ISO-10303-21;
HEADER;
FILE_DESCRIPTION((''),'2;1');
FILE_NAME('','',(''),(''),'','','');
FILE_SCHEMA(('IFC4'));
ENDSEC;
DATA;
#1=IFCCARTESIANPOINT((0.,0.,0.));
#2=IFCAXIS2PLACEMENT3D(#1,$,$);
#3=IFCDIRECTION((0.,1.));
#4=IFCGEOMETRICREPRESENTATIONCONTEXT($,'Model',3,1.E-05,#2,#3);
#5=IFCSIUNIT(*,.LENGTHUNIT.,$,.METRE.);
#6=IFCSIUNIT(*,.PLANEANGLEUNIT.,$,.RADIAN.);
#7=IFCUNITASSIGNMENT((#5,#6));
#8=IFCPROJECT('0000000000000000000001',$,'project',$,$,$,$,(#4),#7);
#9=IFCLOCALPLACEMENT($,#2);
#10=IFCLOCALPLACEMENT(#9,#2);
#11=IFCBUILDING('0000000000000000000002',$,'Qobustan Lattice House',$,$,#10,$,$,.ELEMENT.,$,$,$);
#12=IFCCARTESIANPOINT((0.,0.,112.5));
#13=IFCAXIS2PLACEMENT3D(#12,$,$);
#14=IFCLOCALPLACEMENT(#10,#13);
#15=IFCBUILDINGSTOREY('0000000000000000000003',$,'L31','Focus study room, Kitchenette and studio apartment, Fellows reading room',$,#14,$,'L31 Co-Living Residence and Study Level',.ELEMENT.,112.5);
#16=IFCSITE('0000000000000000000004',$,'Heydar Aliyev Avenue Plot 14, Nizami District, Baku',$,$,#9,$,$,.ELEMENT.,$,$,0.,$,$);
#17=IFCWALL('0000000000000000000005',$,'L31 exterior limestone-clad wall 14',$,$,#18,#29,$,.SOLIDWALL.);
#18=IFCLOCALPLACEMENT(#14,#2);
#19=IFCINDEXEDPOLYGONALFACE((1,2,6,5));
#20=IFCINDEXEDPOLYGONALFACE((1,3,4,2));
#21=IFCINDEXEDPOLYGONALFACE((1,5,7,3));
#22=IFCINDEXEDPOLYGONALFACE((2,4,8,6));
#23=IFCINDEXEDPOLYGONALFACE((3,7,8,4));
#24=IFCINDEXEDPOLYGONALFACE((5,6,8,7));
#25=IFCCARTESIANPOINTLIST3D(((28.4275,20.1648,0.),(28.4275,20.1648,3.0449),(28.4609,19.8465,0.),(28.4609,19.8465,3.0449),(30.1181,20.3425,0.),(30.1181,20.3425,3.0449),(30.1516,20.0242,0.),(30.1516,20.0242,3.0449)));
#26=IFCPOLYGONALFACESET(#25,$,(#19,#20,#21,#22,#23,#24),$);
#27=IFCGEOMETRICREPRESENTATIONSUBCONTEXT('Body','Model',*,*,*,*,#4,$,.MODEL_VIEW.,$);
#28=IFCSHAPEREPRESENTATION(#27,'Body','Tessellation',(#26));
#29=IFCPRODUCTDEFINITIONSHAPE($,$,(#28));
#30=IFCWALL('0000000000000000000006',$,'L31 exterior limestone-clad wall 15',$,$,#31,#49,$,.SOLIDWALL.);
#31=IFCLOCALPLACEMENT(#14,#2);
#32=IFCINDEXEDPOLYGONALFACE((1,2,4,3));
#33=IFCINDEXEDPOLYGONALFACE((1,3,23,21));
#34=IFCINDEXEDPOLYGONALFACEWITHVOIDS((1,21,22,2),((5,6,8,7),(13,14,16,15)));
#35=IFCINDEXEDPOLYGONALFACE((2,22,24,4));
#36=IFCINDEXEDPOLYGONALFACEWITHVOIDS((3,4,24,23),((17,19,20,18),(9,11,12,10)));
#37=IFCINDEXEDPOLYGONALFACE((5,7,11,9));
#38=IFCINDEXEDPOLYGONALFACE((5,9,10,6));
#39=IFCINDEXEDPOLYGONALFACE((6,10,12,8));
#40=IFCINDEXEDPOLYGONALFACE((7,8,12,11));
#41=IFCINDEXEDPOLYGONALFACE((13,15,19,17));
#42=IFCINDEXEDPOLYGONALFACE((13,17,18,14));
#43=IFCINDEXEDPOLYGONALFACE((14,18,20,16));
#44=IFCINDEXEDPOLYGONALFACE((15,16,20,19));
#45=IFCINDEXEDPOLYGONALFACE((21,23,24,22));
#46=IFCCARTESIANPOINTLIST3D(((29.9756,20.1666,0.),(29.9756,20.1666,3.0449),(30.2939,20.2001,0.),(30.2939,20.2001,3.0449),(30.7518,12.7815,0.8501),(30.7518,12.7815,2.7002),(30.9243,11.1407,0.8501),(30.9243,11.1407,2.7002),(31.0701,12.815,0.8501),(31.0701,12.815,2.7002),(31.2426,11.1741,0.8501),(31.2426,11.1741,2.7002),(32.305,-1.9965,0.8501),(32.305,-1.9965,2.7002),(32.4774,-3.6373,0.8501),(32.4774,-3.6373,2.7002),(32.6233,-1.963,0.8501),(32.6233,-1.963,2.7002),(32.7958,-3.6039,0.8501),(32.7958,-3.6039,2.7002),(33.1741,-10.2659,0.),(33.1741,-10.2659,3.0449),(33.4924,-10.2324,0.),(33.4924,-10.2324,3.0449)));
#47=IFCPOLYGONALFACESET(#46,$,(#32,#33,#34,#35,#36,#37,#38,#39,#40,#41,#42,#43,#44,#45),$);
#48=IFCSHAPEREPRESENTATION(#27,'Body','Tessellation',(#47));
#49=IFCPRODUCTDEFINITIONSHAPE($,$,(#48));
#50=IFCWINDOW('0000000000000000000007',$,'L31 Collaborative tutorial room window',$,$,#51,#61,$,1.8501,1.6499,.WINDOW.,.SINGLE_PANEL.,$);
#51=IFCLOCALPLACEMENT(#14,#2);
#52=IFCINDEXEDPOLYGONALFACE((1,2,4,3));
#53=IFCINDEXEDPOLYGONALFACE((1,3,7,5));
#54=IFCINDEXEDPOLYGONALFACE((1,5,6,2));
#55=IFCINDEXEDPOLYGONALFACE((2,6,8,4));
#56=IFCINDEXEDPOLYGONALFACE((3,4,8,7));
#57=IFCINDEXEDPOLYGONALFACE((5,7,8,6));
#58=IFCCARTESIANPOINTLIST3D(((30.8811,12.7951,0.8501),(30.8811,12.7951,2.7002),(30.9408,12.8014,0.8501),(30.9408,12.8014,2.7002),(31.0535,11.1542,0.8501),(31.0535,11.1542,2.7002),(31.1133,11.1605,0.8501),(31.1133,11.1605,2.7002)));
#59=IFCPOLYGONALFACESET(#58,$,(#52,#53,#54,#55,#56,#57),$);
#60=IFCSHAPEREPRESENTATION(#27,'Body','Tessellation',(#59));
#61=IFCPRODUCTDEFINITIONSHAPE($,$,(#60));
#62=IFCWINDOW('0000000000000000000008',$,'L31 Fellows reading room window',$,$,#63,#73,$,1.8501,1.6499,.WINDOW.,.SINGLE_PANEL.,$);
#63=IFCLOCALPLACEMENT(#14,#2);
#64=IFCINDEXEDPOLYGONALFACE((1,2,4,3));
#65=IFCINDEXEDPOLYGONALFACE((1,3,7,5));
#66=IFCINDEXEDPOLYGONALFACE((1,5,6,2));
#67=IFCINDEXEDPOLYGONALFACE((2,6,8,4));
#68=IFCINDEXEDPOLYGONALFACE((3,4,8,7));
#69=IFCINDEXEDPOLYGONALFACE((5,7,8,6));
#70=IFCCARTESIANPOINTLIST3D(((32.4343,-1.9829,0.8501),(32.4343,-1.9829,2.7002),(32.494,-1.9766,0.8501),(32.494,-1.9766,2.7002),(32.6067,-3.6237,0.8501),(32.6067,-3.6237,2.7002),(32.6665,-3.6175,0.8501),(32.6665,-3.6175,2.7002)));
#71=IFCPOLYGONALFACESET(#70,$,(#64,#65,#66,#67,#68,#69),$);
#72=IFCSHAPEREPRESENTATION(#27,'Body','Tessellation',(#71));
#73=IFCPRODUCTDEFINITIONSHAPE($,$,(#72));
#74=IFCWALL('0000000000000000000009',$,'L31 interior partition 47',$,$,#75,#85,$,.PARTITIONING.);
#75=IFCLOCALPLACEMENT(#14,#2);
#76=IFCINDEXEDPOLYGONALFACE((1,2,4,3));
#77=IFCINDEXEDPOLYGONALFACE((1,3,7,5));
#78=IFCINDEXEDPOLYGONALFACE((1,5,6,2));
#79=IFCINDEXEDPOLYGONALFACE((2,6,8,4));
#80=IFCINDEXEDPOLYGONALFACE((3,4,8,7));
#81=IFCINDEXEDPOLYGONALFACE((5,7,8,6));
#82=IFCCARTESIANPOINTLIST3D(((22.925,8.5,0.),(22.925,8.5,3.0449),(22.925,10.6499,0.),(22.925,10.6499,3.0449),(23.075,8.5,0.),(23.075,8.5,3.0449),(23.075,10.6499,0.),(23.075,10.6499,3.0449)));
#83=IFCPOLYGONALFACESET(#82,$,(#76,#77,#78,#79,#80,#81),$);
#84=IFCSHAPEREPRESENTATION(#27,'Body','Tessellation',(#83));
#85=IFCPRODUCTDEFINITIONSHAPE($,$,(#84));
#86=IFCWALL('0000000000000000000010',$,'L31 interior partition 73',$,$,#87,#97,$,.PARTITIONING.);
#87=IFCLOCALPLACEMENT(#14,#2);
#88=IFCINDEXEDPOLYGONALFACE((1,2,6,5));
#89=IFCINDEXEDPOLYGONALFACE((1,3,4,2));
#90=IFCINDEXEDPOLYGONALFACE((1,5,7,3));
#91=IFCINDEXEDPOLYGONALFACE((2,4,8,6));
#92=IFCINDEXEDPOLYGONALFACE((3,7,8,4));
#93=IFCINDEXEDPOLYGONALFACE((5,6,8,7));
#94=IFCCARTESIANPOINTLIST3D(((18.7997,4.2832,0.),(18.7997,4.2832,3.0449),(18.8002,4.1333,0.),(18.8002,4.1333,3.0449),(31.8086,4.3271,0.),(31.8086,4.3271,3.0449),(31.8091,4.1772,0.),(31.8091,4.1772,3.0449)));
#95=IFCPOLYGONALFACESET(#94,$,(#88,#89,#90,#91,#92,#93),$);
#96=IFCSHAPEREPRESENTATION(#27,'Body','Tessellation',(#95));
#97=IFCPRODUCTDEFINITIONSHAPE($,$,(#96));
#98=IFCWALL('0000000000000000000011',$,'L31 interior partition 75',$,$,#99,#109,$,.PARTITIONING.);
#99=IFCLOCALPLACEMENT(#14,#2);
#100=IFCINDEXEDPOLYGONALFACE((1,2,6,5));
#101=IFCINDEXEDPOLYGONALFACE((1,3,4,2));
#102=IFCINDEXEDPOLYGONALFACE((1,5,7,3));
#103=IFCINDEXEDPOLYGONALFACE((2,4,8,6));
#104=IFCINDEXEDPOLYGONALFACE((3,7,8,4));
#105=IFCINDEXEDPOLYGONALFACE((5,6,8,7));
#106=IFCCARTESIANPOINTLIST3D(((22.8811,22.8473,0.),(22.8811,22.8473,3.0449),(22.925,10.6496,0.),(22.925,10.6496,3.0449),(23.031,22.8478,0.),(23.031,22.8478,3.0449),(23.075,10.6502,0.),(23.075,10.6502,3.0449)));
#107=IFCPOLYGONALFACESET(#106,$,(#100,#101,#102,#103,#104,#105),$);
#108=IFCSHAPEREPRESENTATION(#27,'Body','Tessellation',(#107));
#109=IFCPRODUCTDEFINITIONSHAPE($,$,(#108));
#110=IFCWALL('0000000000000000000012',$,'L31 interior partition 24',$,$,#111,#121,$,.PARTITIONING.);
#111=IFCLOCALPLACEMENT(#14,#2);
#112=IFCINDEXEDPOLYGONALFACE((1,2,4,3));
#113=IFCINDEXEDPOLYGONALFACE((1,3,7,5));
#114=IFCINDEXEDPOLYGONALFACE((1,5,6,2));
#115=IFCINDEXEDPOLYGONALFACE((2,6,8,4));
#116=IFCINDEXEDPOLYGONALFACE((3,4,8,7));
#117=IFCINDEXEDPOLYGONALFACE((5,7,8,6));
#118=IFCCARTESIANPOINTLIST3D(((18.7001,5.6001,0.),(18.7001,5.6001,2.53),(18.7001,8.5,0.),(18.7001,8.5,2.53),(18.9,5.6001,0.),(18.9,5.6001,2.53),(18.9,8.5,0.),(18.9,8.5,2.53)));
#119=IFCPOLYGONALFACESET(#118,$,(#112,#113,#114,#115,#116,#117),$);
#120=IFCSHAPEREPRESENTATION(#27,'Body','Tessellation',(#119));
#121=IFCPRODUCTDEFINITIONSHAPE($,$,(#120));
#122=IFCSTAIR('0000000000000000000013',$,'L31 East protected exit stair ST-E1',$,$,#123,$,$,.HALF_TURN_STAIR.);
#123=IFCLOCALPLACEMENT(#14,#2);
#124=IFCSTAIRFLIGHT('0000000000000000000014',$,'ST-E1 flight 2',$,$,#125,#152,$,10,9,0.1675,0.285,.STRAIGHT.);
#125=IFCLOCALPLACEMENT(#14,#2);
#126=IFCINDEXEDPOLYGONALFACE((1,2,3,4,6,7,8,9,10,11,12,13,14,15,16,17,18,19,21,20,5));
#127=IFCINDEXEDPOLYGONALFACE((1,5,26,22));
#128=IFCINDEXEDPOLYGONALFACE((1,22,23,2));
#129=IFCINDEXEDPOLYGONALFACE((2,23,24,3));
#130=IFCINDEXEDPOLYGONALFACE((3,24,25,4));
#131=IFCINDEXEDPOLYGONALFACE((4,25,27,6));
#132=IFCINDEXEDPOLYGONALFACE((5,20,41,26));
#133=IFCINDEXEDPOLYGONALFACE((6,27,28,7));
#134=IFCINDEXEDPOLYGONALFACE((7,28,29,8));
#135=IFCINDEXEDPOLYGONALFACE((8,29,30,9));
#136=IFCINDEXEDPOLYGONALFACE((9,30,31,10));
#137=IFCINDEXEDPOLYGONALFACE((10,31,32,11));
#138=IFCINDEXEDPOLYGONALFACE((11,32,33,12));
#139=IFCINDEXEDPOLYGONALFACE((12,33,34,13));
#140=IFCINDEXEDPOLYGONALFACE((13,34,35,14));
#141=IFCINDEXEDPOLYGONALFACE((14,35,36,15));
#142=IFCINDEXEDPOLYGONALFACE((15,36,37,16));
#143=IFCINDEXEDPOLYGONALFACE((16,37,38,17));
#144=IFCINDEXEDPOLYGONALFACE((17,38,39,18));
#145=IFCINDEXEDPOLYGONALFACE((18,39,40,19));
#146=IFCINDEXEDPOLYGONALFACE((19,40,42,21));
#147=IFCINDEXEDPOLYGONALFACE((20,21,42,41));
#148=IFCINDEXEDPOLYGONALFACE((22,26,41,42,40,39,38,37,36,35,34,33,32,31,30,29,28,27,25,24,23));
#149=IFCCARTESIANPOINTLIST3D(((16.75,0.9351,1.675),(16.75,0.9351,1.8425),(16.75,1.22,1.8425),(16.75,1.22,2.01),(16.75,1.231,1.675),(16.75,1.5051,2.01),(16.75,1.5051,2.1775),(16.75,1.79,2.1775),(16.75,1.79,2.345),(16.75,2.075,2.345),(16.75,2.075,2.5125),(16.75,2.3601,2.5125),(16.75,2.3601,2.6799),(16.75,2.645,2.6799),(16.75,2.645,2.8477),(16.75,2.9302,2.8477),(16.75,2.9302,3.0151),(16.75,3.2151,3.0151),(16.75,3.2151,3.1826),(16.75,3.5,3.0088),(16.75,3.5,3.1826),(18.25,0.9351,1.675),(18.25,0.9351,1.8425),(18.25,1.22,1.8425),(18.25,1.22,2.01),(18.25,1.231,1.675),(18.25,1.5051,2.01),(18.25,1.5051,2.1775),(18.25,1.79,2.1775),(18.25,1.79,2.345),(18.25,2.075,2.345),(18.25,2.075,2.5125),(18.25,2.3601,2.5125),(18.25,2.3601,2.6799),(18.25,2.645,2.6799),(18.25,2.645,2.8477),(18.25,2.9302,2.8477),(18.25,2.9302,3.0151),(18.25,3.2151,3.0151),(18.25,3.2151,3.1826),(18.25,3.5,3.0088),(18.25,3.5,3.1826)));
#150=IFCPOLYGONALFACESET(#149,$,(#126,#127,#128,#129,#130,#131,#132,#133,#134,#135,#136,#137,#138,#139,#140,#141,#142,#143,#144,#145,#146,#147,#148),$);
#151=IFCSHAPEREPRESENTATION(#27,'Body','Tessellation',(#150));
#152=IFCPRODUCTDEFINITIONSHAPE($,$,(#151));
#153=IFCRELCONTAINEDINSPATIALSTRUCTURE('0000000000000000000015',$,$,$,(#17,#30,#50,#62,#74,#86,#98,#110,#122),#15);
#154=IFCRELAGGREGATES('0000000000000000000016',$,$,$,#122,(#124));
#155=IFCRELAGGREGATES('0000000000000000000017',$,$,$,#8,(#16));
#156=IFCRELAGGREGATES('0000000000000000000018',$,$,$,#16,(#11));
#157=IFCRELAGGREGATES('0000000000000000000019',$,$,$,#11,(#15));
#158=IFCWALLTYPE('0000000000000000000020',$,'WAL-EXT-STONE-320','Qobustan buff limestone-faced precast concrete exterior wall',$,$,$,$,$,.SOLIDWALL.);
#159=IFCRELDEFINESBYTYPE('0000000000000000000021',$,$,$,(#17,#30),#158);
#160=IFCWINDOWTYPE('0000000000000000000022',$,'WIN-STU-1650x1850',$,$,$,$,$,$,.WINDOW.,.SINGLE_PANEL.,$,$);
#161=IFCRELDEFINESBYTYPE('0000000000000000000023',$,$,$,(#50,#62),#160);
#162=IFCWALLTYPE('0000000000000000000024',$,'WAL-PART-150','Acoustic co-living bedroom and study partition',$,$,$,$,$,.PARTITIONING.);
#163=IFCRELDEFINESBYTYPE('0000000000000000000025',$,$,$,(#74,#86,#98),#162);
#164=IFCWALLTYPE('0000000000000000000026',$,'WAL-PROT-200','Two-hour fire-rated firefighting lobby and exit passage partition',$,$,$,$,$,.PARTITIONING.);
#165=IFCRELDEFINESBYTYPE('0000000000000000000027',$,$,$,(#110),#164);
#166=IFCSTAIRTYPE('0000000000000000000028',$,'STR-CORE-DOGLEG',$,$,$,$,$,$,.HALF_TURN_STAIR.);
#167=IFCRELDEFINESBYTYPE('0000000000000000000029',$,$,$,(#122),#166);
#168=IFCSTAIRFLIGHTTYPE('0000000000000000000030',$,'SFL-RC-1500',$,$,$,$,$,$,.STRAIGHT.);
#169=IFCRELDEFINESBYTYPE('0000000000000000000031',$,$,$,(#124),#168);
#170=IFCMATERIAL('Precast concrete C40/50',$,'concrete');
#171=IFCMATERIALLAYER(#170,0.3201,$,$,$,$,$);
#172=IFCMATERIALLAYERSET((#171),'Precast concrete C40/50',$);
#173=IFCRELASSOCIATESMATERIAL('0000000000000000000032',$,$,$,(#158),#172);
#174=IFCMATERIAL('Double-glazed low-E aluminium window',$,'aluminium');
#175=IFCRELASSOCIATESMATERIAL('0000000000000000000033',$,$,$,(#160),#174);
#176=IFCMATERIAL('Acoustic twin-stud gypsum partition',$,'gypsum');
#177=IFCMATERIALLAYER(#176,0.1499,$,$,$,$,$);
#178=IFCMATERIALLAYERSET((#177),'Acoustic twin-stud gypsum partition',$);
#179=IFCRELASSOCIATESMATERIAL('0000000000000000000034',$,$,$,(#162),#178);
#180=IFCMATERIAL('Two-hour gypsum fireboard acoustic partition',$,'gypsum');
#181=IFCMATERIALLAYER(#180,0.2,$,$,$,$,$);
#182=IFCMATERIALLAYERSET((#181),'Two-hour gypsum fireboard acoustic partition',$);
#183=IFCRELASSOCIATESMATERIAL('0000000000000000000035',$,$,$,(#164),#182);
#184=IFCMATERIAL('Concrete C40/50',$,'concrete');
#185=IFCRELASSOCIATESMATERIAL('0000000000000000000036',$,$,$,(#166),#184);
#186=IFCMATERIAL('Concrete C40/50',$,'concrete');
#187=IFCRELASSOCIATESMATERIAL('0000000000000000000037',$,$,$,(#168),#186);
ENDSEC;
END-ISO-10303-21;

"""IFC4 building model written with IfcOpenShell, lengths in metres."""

from ifc_helpers import new_model, si_unit, direction, frame, frame_2d, origin, place, context, subcontext, project, spatial, polyline, rectangle, outline, extrude, material, layer, layer_set, type_object, element, fill, aggregate, save


model = new_model("IFC4")

# Units and contexts
model_context = context("Model", 3, precision=1e-05, world=origin(), true_north=direction((0.0, 1.0)))
body_context = subcontext(model_context, "Body", "Model", "MODEL_VIEW")
ifc_project = project(units=[si_unit("LENGTHUNIT", "METRE"), si_unit("PLANEANGLEUNIT", "RADIAN")], contexts=[model_context])

# Site, building, storey
site_placement = place(None, origin())
site = spatial("IfcSite", under=ifc_project, at=site_placement, Name="Heydar Aliyev Avenue Plot 14, Nizami District, Baku", CompositionType="ELEMENT", RefElevation=0.0)
building_placement = place(site_placement, origin())
building = spatial("IfcBuilding", under=site, at=building_placement, Name="Qobustan Lattice House", CompositionType="ELEMENT")
storey_placement = place(building_placement, frame((0.0, 0.0, 112.5)))
storey = spatial("IfcBuildingStorey", under=building, at=storey_placement, Name="L31", Description="Focus study room, Kitchenette and studio apartment, Fellows reading room", LongName="L31 Co-Living Residence and Study Level", CompositionType="ELEMENT", Elevation=112.5)

# Wall
ifc_material_1 = material(Name="Precast concrete C40/50", Category="concrete")
ifc_layer_1 = layer(ifc_material_1, 0.3201)
ifc_layer_set_1 = layer_set([ifc_layer_1], Name="Precast concrete C40/50")
wall_type_1 = type_object("IfcWallType", Name="WAL-EXT-STONE-320", Description="Qobustan buff limestone-faced precast concrete exterior wall", PredefinedType="SOLIDWALL", material=ifc_layer_set_1)
for number, where, z_axis, x_axis, name in (
    (1, (28.4441, 20.0056, 0.0), (0.0, 0.0, 1.0), (0.99452, 0.10455, 0.0), "L31 exterior limestone-clad wall 14"),
):
    element("IfcWall", number, at=place(storey_placement, frame(where, z_axis=z_axis, x_axis=x_axis)), inside=storey, type_object=wall_type_1, Name=name, PredefinedType="SOLIDWALL", context=body_context, shape_type="SweptSolid", body=[
        extrude(rectangle(XDim=1.7, YDim=0.3201, at=frame_2d((0.8501, 0.0))), origin(), (0.0, 0.0, 1.0), 3.0449),
    ])

# Wall, openings, windows
wall_1_placement = place(storey_placement, frame((30.1348, 20.1833, 0.0), z_axis=(0.0, 0.0, 1.0), x_axis=(0.104526, -0.994522, 0.0)))
wall_1 = element("IfcWall", 2, at=wall_1_placement, inside=storey, type_object=wall_type_1, Name="L31 exterior limestone-clad wall 15", PredefinedType="SOLIDWALL", context=body_context, shape_type="SweptSolid", body=[
    extrude(rectangle(XDim=30.6001, YDim=0.3201, at=frame_2d((15.3, 0.0))), origin(), (0.0, 0.0, 1.0), 3.0449),
])
opening_1_placement = place(wall_1_placement, frame((7.4258, 0.0, 0.8501)))
opening_1 = element("IfcOpeningElement", 3, at=opening_1_placement, cuts=wall_1, PredefinedType="OPENING", context=body_context, shape_type="SweptSolid", body=[
    extrude(rectangle(XDim=1.6499, YDim=1.8501, at=frame_2d((0.825, 0.925))), frame((0.0, 0.1699, 0.0), z_axis=(0.0, -1.0, 0.0), x_axis=(1.0, 0.0, 0.0)), (0.0, 0.0, 1.0), 0.3401),
])
opening_2_placement = place(wall_1_placement, frame((22.2852, 0.0, 0.8501)))
opening_2 = element("IfcOpeningElement", 4, at=opening_2_placement, cuts=wall_1, PredefinedType="OPENING", context=body_context, shape_type="SweptSolid", body=[
    extrude(rectangle(XDim=1.6499, YDim=1.8501, at=frame_2d((0.825, 0.925))), frame((0.0, 0.1699, 0.0), z_axis=(0.0, -1.0, 0.0), x_axis=(1.0, 0.0, 0.0)), (0.0, 0.0, 1.0), 0.3401),
])
ifc_material_2 = material(Name="Double-glazed low-E aluminium window", Category="aluminium")
window_type = type_object("IfcWindowType", Name="WIN-STU-1650x1850", PartitioningType="SINGLE_PANEL", PredefinedType="WINDOW", material=ifc_material_2)
window_1_placement = place(opening_1_placement, origin())
window_1 = element("IfcWindow", 5, at=window_1_placement, inside=storey, type_object=window_type, Name="L31 Collaborative tutorial room window", OverallHeight=1.8501, OverallWidth=1.6499, PartitioningType="SINGLE_PANEL", PredefinedType="WINDOW", context=body_context, shape_type="SweptSolid", body=[
    extrude(rectangle(XDim=1.6499, YDim=1.8501, at=frame_2d((0.825, 0.925))), frame((0.0, 0.03, 0.0), z_axis=(0.0, -1.0, 0.0), x_axis=(1.0, 0.0, 0.0)), (0.0, 0.0, 1.0), 0.0601),
])
fill(opening_1, window_1)
window_2_placement = place(opening_2_placement, origin())
window_2 = element("IfcWindow", 6, at=window_2_placement, inside=storey, type_object=window_type, Name="L31 Fellows reading room window", OverallHeight=1.8501, OverallWidth=1.6499, PartitioningType="SINGLE_PANEL", PredefinedType="WINDOW", context=body_context, shape_type="SweptSolid", body=[
    extrude(rectangle(XDim=1.6499, YDim=1.8501, at=frame_2d((0.825, 0.925))), frame((0.0, 0.03, 0.0), z_axis=(0.0, -1.0, 0.0), x_axis=(1.0, 0.0, 0.0)), (0.0, 0.0, 1.0), 0.0601),
])
fill(opening_2, window_2)

# Shared definitions
ifc_material_3 = material(Name="Acoustic twin-stud gypsum partition", Category="gypsum")
ifc_layer_2 = layer(ifc_material_3, 0.1499)
ifc_layer_set_2 = layer_set([ifc_layer_2], Name="Acoustic twin-stud gypsum partition")
wall_type_2 = type_object("IfcWallType", Name="WAL-PART-150", Description="Acoustic co-living bedroom and study partition", PredefinedType="PARTITIONING", material=ifc_layer_set_2)

# Walls
wall_2_placement = place(storey_placement, frame((23.0, 10.6499, 0.0), z_axis=(0.0, 0.0, 1.0), x_axis=(0.0, -1.0, 0.0)))
element("IfcWall", 7, at=wall_2_placement, inside=storey, type_object=wall_type_2, Name="L31 interior partition 47", PredefinedType="PARTITIONING", context=body_context, shape_type="SweptSolid", body=[
    extrude(rectangle(XDim=2.1499, YDim=0.1499, at=frame_2d((1.075, 0.0))), origin(), (0.0, 0.0, 1.0), 3.0449),
])
wall_3_placement = place(storey_placement, frame((18.8, 4.2083, 0.0), z_axis=(0.0, 0.0, 1.0), x_axis=(0.999994, 0.003378, 0.0)))
element("IfcWall", 8, at=wall_3_placement, inside=storey, type_object=wall_type_2, Name="L31 interior partition 73", PredefinedType="PARTITIONING", context=body_context, shape_type="SweptSolid", body=[
    extrude(rectangle(XDim=13.009, YDim=0.1499, at=frame_2d((6.5044, 0.0))), origin(), (0.0, 0.0, 1.0), 3.0449),
])
wall_4_placement = place(storey_placement, frame((23.0, 10.6499, 0.0), z_axis=(0.0, 0.0, 1.0), x_axis=(-0.003603, 0.999994, 0.0)))
element("IfcWall", 9, at=wall_4_placement, inside=storey, type_object=wall_type_2, Name="L31 interior partition 75", PredefinedType="PARTITIONING", context=body_context, shape_type="SweptSolid", body=[
    extrude(rectangle(XDim=12.1978, YDim=0.1499, at=frame_2d((6.0989, 0.0))), origin(), (0.0, 0.0, 1.0), 3.0449),
])

# Shared definitions
ifc_material_4 = material(Name="Two-hour gypsum fireboard acoustic partition", Category="gypsum")
ifc_layer_3 = layer(ifc_material_4, 0.2)
ifc_layer_set_3 = layer_set([ifc_layer_3], Name="Two-hour gypsum fireboard acoustic partition")
wall_type_3 = type_object("IfcWallType", Name="WAL-PROT-200", Description="Two-hour fire-rated firefighting lobby and exit passage partition", PredefinedType="PARTITIONING", material=ifc_layer_set_3)

# Wall
wall_5_placement = place(storey_placement, frame((18.8, 5.6001, 0.0), z_axis=(0.0, 0.0, 1.0), x_axis=(0.0, 1.0, 0.0)))
element("IfcWall", 10, at=wall_5_placement, inside=storey, type_object=wall_type_3, Name="L31 interior partition 24", PredefinedType="PARTITIONING", context=body_context, shape_type="SweptSolid", body=[
    extrude(rectangle(XDim=2.8999, YDim=0.2, at=frame_2d((1.45, 0.0))), origin(), (0.0, 0.0, 1.0), 2.53),
])

# Stair, stair flight
ifc_material_5 = material(Name="Concrete C40/50", Category="concrete")
stair_type = type_object("IfcStairType", Name="STR-CORE-DOGLEG", PredefinedType="HALF_TURN_STAIR", material=ifc_material_5)
stair_placement = place(storey_placement, origin())
stair = element("IfcStair", 11, at=stair_placement, inside=storey, type_object=stair_type, Name="L31 East protected exit stair ST-E1", PredefinedType="HALF_TURN_STAIR")
ifc_material_6 = material(Name="Concrete C40/50", Category="concrete")
stair_flight_type = type_object("IfcStairFlightType", Name="SFL-RC-1500", PredefinedType="STRAIGHT", material=ifc_material_6)
stair_flight_placement = place(storey_placement, frame((17.5, 0.9351, 1.675), z_axis=(0.0, 0.0, 1.0), x_axis=(0.0, 1.0, 0.0)))
stair_flight = element("IfcStairFlight", 12, at=stair_flight_placement, type_object=stair_flight_type, Name="ST-E1 flight 2", NumberOfRisers=10, NumberOfTreads=9, PredefinedType="STRAIGHT", RiserHeight=0.1675, TreadLength=0.285, context=body_context, shape_type="SweptSolid", body=[
    extrude(outline(polyline([(0.0, 0.0), (0.0, 0.1675), (0.2849, 0.1675), (0.2849, 0.335), (0.5701, 0.335), (0.5701, 0.5024), (0.855, 0.5024), (0.855, 0.6699), (1.1399, 0.6699), (1.1399, 0.8374), (1.425, 0.8374), (1.425, 1.0049), (1.71, 1.0049), (1.71, 1.1726), (1.9951, 1.1726), (1.9951, 1.3401), (2.28, 1.3401), (2.28, 1.5076), (2.5649, 1.5076), (2.5649, 1.675), (2.5649, 1.3337), (0.2959, 0.0), (0.0, 0.0)])), frame((0.0, 0.75, 0.0), z_axis=(0.0, -1.0, 0.0), x_axis=(1.0, 0.0, 0.0)), (0.0, 0.0, 1.0), 1.5),
])
aggregate(stair, [stair_flight])

save(model, "model.ifc")
